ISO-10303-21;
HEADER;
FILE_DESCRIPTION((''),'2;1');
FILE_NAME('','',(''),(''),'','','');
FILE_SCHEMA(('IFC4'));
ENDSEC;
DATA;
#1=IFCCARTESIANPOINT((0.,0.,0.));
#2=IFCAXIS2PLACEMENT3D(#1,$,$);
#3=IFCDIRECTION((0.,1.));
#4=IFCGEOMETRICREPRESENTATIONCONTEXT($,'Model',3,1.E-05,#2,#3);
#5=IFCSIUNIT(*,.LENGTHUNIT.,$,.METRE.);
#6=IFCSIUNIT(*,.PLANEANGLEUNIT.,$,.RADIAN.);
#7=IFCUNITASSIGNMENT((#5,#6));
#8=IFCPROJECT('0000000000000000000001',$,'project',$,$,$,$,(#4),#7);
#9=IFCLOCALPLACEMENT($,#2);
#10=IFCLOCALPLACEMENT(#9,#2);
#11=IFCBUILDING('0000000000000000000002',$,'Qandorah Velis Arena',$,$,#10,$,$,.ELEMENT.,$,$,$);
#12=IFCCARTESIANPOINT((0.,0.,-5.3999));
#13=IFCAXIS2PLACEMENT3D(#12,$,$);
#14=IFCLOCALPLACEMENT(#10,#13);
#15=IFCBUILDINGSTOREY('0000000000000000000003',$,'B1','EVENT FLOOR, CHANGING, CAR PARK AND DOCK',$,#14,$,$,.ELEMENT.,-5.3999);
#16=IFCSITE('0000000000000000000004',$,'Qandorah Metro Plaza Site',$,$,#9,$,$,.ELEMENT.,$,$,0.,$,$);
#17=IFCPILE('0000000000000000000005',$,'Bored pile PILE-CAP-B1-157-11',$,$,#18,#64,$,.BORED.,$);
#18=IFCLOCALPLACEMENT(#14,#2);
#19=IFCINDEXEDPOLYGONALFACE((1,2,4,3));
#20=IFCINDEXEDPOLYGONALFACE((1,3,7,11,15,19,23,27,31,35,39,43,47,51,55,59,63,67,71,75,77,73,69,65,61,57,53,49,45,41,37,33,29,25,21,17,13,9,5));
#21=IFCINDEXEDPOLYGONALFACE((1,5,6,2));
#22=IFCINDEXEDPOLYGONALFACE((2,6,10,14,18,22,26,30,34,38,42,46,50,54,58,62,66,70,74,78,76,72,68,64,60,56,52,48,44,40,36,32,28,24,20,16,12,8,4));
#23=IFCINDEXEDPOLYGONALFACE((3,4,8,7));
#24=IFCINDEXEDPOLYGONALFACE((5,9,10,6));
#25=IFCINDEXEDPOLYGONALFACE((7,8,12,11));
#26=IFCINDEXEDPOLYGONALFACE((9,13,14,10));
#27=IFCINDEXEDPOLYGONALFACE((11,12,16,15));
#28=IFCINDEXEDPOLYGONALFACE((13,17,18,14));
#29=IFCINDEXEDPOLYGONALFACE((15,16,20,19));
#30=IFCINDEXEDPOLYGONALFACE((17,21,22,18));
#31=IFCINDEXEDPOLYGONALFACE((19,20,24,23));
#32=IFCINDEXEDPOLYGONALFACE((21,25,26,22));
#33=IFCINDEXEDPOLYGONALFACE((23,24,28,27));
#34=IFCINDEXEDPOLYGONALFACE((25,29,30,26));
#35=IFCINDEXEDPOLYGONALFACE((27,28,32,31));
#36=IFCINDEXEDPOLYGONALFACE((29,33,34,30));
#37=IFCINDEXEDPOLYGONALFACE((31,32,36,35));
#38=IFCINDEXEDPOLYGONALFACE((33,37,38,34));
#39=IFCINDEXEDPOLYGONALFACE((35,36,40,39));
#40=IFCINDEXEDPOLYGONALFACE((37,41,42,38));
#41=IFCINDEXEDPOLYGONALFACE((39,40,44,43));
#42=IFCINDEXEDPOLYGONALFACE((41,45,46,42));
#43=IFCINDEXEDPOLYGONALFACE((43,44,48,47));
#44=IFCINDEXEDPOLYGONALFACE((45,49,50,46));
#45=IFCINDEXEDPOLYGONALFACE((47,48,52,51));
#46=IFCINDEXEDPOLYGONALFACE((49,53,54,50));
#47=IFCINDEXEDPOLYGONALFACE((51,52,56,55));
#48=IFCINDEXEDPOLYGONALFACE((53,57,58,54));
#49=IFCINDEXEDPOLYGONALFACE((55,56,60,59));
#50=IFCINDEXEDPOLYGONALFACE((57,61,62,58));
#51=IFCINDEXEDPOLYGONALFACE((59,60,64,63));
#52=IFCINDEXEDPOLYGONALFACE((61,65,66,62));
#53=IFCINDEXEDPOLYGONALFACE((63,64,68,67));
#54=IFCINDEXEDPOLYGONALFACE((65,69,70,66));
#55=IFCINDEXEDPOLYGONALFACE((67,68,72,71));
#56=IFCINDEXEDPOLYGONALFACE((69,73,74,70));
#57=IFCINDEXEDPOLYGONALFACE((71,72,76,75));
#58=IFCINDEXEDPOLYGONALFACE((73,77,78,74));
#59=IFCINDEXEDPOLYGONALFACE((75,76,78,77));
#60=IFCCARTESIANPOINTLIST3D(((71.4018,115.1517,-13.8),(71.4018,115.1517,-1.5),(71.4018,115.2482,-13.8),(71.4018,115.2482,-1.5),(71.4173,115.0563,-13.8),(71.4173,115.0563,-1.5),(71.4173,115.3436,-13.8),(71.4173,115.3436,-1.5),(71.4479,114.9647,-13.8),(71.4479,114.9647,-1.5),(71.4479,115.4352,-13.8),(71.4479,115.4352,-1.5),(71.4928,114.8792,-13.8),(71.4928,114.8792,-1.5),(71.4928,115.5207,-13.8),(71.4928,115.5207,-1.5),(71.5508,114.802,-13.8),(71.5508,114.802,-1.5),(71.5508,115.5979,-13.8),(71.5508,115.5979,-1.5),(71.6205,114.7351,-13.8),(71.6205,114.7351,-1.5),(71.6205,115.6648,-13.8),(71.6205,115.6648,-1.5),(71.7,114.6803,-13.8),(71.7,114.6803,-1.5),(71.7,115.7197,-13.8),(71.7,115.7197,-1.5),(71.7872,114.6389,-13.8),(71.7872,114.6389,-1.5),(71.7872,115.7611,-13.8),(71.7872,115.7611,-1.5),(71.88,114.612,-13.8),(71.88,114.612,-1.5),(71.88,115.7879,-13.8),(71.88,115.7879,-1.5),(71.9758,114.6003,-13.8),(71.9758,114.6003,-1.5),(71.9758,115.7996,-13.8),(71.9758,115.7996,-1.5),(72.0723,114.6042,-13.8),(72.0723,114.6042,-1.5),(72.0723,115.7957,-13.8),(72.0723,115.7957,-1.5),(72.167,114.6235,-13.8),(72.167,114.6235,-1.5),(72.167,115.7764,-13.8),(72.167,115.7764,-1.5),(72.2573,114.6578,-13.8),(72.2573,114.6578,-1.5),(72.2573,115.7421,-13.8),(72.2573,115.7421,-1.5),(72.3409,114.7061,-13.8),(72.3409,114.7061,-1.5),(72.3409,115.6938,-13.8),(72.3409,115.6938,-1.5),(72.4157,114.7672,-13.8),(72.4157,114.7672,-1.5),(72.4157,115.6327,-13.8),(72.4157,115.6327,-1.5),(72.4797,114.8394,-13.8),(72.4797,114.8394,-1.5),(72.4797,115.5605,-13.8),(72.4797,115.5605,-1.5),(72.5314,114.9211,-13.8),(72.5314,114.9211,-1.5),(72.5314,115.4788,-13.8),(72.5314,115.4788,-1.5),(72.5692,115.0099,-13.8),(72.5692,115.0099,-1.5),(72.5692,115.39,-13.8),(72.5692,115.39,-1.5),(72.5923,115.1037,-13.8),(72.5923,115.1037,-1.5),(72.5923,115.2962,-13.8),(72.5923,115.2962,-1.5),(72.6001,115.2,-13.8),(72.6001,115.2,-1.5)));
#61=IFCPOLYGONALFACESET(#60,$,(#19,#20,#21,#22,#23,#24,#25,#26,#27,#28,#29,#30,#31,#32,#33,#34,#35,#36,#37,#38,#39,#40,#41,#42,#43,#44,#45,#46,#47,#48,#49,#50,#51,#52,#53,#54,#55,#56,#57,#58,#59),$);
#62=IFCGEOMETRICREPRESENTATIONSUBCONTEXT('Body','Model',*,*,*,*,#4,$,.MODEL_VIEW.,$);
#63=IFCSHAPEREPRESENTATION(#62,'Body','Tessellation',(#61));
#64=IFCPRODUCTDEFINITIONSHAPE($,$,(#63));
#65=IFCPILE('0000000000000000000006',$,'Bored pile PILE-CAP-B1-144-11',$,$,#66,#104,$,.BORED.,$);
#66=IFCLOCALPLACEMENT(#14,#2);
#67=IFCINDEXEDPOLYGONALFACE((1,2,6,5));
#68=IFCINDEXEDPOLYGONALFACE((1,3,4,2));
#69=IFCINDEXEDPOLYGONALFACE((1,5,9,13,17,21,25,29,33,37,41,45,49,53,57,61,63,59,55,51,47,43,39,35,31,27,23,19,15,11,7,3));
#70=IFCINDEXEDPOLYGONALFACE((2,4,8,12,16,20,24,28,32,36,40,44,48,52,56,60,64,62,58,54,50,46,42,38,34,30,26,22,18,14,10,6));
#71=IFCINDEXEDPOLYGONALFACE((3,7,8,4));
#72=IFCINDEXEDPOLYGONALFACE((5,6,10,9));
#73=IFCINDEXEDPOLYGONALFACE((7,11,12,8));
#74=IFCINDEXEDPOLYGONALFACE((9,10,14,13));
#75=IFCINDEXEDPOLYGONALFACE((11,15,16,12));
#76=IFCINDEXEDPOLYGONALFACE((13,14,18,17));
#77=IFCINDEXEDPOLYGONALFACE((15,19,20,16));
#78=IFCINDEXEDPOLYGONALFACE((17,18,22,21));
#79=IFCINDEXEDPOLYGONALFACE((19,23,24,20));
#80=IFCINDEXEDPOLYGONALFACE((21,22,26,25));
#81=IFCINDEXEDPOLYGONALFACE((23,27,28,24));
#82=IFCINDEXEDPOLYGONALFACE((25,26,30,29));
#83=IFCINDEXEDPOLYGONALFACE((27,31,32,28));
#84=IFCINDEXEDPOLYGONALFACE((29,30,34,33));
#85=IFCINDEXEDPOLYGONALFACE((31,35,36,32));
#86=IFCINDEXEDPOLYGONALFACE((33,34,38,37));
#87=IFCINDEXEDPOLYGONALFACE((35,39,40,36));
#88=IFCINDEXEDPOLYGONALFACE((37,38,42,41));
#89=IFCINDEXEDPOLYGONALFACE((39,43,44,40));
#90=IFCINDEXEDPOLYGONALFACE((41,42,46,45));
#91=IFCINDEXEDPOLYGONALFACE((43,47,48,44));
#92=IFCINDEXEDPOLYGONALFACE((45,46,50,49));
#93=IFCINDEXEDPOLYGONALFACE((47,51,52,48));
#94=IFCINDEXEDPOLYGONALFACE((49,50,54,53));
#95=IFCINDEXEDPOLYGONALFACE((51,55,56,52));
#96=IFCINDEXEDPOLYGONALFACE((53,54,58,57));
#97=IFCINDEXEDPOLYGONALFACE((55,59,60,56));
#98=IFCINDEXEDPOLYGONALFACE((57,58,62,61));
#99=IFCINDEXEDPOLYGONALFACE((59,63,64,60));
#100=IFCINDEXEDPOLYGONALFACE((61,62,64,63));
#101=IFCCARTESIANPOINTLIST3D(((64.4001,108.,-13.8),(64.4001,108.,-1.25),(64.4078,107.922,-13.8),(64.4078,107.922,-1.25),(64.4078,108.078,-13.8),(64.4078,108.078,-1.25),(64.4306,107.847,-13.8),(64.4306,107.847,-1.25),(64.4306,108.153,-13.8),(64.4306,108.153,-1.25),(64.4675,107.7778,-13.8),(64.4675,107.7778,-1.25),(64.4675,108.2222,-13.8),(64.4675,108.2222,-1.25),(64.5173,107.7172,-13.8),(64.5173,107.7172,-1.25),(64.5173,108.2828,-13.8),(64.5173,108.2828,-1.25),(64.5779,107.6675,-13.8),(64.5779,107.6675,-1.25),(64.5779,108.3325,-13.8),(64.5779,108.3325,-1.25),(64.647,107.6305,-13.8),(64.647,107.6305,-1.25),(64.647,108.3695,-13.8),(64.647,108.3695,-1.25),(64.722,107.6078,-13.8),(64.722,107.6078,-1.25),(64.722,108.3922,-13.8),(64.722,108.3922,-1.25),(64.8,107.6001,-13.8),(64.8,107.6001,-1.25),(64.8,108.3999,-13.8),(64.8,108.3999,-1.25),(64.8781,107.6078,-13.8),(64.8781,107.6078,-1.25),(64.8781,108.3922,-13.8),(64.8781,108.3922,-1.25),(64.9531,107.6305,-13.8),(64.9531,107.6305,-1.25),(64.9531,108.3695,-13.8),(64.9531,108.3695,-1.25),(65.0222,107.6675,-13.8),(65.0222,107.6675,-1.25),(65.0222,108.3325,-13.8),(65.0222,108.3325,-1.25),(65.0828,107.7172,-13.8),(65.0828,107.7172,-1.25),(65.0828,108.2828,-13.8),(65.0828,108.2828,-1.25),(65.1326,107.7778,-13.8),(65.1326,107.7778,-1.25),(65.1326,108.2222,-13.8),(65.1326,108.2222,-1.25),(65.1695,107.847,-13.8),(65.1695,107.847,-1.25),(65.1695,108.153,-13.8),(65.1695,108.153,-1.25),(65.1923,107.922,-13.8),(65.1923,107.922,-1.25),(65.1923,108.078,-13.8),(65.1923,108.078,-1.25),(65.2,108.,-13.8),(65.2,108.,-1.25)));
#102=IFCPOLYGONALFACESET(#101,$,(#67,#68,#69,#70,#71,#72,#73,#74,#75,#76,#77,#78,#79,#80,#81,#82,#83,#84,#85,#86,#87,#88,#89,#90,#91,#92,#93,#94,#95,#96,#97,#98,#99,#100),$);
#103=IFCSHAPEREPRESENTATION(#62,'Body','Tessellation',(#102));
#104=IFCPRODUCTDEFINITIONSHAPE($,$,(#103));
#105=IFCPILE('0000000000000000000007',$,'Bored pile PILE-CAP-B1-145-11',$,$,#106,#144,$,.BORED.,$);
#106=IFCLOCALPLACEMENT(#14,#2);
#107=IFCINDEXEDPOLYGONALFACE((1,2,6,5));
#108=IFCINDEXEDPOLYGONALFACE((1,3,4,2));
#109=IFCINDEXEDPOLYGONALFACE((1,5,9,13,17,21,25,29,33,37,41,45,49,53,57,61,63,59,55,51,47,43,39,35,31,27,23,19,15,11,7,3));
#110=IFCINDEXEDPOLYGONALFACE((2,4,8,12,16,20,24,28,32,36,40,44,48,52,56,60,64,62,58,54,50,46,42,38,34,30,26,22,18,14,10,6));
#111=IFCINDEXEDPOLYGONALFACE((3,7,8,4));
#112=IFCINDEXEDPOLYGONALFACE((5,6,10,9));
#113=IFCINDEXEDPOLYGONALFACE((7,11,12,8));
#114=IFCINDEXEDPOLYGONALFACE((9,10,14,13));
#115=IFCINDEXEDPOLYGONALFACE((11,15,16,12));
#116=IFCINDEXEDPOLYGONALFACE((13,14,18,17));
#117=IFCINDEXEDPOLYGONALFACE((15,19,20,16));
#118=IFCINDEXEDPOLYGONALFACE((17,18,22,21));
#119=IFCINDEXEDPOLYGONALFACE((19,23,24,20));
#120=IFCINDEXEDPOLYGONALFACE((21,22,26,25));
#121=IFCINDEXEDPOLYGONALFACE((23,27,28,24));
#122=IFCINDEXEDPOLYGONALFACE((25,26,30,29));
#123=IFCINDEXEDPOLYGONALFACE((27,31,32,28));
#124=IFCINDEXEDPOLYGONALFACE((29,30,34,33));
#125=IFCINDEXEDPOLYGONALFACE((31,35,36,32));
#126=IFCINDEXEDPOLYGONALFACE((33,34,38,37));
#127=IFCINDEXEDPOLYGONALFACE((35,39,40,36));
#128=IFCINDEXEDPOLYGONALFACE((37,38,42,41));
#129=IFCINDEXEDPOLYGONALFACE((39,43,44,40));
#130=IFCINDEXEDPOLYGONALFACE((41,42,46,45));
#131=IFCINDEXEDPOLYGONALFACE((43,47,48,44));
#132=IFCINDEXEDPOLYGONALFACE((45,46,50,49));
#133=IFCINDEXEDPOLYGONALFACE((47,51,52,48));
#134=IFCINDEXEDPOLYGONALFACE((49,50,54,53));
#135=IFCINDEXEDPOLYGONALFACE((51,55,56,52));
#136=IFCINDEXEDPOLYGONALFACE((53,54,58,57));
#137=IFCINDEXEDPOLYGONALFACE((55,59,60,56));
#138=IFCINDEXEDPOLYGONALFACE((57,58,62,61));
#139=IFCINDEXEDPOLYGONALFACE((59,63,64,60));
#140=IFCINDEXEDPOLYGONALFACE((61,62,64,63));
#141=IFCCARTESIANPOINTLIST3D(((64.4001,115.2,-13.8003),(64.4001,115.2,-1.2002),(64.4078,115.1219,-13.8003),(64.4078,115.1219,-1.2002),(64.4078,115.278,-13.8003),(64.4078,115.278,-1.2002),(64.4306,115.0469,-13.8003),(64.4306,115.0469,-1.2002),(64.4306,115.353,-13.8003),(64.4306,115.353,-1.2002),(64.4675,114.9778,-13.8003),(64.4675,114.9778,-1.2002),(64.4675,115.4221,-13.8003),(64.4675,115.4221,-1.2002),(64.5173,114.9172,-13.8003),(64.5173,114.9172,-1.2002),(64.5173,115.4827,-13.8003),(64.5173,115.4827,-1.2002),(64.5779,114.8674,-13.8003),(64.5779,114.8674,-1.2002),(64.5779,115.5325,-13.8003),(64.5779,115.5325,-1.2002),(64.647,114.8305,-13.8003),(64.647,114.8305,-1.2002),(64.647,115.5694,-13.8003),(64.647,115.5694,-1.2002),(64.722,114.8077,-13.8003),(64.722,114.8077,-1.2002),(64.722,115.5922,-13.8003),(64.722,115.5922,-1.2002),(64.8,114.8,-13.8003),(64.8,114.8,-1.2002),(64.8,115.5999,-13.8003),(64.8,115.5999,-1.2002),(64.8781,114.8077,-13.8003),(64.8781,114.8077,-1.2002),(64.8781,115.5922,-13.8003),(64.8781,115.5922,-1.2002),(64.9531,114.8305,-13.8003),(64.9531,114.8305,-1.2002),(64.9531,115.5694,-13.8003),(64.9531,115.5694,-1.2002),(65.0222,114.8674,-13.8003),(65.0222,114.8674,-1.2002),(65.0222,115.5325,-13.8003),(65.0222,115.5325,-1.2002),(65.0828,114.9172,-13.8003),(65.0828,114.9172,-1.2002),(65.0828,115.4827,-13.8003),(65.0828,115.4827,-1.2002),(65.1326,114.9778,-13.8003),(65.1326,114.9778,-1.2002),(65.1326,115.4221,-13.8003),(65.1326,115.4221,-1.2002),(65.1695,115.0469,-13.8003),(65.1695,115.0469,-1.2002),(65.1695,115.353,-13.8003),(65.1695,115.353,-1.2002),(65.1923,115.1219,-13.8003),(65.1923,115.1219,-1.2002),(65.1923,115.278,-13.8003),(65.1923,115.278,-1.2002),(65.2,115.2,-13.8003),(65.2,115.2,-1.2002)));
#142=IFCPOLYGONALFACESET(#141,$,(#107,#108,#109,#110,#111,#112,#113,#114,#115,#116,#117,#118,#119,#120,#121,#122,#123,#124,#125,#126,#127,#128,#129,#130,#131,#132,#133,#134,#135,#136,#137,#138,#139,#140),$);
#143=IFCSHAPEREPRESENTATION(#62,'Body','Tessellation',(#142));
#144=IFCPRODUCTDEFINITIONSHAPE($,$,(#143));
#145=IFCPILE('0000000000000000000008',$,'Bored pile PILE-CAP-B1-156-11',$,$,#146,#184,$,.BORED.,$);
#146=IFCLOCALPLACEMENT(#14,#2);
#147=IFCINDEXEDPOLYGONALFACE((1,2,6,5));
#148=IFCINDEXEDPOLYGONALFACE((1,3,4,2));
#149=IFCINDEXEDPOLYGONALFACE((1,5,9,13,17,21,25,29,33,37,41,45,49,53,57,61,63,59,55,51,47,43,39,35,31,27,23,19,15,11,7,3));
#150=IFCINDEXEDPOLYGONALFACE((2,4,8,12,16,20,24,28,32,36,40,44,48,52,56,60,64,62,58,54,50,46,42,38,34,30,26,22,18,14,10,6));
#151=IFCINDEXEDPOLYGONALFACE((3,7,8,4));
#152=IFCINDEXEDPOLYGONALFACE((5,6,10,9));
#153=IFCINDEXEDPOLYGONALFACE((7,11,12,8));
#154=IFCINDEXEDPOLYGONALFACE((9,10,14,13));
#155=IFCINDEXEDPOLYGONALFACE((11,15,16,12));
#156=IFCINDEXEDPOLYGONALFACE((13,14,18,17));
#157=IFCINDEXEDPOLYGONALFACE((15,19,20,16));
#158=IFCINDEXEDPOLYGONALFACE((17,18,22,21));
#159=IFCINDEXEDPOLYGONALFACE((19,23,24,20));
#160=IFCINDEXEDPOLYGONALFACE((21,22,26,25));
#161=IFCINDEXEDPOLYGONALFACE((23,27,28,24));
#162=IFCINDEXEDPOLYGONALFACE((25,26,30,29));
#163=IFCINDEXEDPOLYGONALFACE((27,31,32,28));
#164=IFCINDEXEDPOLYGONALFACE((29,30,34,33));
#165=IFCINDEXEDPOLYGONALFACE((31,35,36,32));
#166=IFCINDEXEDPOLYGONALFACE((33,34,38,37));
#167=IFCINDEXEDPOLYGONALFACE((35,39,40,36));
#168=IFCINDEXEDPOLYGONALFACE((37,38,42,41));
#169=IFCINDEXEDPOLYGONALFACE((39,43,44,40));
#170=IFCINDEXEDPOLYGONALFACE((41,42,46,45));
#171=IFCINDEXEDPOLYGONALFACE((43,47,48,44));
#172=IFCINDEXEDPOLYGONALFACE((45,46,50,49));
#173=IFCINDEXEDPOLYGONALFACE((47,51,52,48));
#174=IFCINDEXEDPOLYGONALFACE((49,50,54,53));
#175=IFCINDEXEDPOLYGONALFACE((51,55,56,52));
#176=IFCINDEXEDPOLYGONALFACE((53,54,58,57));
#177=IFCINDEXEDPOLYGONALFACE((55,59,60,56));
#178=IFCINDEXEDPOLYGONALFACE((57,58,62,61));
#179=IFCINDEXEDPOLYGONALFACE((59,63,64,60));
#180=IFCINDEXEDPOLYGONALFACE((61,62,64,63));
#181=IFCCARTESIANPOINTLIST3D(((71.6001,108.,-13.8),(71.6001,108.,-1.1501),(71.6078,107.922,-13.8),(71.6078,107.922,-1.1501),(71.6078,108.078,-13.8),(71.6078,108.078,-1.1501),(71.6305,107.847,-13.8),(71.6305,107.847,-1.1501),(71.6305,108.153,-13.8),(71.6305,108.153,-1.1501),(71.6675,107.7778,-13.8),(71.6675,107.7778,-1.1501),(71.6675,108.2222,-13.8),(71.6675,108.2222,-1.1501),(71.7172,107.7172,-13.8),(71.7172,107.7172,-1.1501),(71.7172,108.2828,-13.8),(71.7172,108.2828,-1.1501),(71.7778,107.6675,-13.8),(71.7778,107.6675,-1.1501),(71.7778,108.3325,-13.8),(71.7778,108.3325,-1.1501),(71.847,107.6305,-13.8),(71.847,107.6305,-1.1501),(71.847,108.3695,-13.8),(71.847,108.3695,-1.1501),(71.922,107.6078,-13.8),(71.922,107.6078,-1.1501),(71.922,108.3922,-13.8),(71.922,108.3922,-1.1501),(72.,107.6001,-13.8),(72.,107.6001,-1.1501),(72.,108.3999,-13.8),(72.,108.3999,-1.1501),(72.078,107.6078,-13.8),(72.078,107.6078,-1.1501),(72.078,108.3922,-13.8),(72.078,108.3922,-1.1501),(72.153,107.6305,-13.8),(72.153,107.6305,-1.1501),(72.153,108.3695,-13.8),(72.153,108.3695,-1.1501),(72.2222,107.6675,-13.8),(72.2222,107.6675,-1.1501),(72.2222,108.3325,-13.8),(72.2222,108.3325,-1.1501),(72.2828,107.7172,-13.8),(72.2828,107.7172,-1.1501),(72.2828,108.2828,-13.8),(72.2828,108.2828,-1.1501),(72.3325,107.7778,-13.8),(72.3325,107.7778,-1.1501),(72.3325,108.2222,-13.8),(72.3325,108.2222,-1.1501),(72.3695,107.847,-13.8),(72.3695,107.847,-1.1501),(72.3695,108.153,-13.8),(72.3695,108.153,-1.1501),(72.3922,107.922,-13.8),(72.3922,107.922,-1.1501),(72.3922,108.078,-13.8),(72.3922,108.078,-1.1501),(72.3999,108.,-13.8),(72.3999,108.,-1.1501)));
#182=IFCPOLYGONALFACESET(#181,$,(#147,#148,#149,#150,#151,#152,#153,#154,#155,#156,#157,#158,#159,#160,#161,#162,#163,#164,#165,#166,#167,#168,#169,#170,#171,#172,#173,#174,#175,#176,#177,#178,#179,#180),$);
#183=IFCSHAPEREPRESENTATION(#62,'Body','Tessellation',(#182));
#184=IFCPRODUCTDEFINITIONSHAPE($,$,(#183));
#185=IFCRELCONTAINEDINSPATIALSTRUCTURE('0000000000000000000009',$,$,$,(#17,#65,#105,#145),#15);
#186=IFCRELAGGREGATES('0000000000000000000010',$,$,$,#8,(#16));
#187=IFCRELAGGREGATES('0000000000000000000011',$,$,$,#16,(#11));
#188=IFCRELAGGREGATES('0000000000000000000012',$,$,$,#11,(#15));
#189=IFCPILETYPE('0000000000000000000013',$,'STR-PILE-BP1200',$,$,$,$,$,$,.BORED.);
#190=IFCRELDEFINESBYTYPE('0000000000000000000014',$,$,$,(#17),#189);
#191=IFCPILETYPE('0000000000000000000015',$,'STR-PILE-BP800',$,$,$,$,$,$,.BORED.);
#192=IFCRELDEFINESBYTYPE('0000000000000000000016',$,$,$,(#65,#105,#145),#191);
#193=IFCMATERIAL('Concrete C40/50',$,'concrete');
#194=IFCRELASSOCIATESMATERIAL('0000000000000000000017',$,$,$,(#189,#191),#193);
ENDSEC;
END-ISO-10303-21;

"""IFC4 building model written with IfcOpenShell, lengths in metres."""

from ifc_helpers import new_model, si_unit, direction, frame, origin, origin_2d, place, context, subcontext, project, spatial, circle, extrude, material, material_profile, profile_set, type_object, element, save


model = new_model("IFC4")

# Units and contexts
model_context = context("Model", 3, precision=1e-05, world=origin(), true_north=direction((0.0, 1.0)))
body_context = subcontext(model_context, "Body", "Model", "MODEL_VIEW")
ifc_project = project(units=[si_unit("LENGTHUNIT", "METRE"), si_unit("PLANEANGLEUNIT", "RADIAN")], contexts=[model_context])

# Site, building, storey
site_placement = place(None, origin())
site = spatial("IfcSite", under=ifc_project, at=site_placement, Name="Qandorah Metro Plaza Site", CompositionType="ELEMENT", RefElevation=0.0)
building_placement = place(site_placement, origin())
building = spatial("IfcBuilding", under=site, at=building_placement, Name="Qandorah Velis Arena", CompositionType="ELEMENT")
storey_placement = place(building_placement, frame((0.0, 0.0, -5.3999)))
storey = spatial("IfcBuildingStorey", under=building, at=storey_placement, Name="B1", Description="EVENT FLOOR, CHANGING, CAR PARK AND DOCK", CompositionType="ELEMENT", Elevation=-5.3999)

# Shared definitions
ifc_material_1 = material(Name="Concrete C40/50", Category="concrete")

# Piles
ifc_material_profile_1 = material_profile(ifc_material_1, circle(Radius=0.6001, at=origin_2d()), Name="BORED PILE D1200")
ifc_profile_set_1 = profile_set([ifc_material_profile_1], Name="Concrete C40/50")
pile_type_1 = type_object("IfcPileType", Name="STR-PILE-BP1200", PredefinedType="BORED", material=ifc_profile_set_1)
pile_1_placement = place(storey_placement, frame((72.0, 115.2, -1.5), z_axis=(0.0, 0.0, -1.0), x_axis=(1.0, 0.0, 0.0)))
element("IfcPile", 1, at=pile_1_placement, inside=storey, type_object=pile_type_1, Name="Bored pile PILE-CAP-B1-157-11", PredefinedType="BORED", context=body_context, shape_type="SweptSolid", body=[
    extrude(circle(Radius=0.6001, at=origin_2d()), origin(), (0.0, 0.0, 1.0), 12.3),
])
ifc_material_profile_2 = material_profile(ifc_material_1, circle(Radius=0.3999, at=origin_2d()), Name="BORED PILE D800")
ifc_profile_set_2 = profile_set([ifc_material_profile_2], Name="Concrete C40/50")
pile_type_2 = type_object("IfcPileType", Name="STR-PILE-BP800", PredefinedType="BORED", material=ifc_profile_set_2)
pile_2_placement = place(storey_placement, frame((64.8, 108.0, -1.25), z_axis=(0.0, 0.0, -1.0), x_axis=(1.0, 0.0, 0.0)))
element("IfcPile", 2, at=pile_2_placement, inside=storey, type_object=pile_type_2, Name="Bored pile PILE-CAP-B1-144-11", PredefinedType="BORED", context=body_context, shape_type="SweptSolid", body=[
    extrude(circle(Radius=0.3999, at=origin_2d()), origin(), (0.0, 0.0, 1.0), 12.55),
])
pile_3_placement = place(storey_placement, frame((64.8, 115.2, -1.2002), z_axis=(0.0, 0.0, -1.0), x_axis=(1.0, 0.0, 0.0)))
element("IfcPile", 3, at=pile_3_placement, inside=storey, type_object=pile_type_2, Name="Bored pile PILE-CAP-B1-145-11", PredefinedType="BORED", context=body_context, shape_type="SweptSolid", body=[
    extrude(circle(Radius=0.3999, at=origin_2d()), origin(), (0.0, 0.0, 1.0), 12.6001),
])
pile_4_placement = place(storey_placement, frame((72.0, 108.0, -1.1501), z_axis=(0.0, 0.0, -1.0), x_axis=(1.0, 0.0, 0.0)))
element("IfcPile", 4, at=pile_4_placement, inside=storey, type_object=pile_type_2, Name="Bored pile PILE-CAP-B1-156-11", PredefinedType="BORED", context=body_context, shape_type="SweptSolid", body=[
    extrude(circle(Radius=0.3999, at=origin_2d()), origin(), (0.0, 0.0, 1.0), 12.6499),
])

save(model, "model.ifc")
